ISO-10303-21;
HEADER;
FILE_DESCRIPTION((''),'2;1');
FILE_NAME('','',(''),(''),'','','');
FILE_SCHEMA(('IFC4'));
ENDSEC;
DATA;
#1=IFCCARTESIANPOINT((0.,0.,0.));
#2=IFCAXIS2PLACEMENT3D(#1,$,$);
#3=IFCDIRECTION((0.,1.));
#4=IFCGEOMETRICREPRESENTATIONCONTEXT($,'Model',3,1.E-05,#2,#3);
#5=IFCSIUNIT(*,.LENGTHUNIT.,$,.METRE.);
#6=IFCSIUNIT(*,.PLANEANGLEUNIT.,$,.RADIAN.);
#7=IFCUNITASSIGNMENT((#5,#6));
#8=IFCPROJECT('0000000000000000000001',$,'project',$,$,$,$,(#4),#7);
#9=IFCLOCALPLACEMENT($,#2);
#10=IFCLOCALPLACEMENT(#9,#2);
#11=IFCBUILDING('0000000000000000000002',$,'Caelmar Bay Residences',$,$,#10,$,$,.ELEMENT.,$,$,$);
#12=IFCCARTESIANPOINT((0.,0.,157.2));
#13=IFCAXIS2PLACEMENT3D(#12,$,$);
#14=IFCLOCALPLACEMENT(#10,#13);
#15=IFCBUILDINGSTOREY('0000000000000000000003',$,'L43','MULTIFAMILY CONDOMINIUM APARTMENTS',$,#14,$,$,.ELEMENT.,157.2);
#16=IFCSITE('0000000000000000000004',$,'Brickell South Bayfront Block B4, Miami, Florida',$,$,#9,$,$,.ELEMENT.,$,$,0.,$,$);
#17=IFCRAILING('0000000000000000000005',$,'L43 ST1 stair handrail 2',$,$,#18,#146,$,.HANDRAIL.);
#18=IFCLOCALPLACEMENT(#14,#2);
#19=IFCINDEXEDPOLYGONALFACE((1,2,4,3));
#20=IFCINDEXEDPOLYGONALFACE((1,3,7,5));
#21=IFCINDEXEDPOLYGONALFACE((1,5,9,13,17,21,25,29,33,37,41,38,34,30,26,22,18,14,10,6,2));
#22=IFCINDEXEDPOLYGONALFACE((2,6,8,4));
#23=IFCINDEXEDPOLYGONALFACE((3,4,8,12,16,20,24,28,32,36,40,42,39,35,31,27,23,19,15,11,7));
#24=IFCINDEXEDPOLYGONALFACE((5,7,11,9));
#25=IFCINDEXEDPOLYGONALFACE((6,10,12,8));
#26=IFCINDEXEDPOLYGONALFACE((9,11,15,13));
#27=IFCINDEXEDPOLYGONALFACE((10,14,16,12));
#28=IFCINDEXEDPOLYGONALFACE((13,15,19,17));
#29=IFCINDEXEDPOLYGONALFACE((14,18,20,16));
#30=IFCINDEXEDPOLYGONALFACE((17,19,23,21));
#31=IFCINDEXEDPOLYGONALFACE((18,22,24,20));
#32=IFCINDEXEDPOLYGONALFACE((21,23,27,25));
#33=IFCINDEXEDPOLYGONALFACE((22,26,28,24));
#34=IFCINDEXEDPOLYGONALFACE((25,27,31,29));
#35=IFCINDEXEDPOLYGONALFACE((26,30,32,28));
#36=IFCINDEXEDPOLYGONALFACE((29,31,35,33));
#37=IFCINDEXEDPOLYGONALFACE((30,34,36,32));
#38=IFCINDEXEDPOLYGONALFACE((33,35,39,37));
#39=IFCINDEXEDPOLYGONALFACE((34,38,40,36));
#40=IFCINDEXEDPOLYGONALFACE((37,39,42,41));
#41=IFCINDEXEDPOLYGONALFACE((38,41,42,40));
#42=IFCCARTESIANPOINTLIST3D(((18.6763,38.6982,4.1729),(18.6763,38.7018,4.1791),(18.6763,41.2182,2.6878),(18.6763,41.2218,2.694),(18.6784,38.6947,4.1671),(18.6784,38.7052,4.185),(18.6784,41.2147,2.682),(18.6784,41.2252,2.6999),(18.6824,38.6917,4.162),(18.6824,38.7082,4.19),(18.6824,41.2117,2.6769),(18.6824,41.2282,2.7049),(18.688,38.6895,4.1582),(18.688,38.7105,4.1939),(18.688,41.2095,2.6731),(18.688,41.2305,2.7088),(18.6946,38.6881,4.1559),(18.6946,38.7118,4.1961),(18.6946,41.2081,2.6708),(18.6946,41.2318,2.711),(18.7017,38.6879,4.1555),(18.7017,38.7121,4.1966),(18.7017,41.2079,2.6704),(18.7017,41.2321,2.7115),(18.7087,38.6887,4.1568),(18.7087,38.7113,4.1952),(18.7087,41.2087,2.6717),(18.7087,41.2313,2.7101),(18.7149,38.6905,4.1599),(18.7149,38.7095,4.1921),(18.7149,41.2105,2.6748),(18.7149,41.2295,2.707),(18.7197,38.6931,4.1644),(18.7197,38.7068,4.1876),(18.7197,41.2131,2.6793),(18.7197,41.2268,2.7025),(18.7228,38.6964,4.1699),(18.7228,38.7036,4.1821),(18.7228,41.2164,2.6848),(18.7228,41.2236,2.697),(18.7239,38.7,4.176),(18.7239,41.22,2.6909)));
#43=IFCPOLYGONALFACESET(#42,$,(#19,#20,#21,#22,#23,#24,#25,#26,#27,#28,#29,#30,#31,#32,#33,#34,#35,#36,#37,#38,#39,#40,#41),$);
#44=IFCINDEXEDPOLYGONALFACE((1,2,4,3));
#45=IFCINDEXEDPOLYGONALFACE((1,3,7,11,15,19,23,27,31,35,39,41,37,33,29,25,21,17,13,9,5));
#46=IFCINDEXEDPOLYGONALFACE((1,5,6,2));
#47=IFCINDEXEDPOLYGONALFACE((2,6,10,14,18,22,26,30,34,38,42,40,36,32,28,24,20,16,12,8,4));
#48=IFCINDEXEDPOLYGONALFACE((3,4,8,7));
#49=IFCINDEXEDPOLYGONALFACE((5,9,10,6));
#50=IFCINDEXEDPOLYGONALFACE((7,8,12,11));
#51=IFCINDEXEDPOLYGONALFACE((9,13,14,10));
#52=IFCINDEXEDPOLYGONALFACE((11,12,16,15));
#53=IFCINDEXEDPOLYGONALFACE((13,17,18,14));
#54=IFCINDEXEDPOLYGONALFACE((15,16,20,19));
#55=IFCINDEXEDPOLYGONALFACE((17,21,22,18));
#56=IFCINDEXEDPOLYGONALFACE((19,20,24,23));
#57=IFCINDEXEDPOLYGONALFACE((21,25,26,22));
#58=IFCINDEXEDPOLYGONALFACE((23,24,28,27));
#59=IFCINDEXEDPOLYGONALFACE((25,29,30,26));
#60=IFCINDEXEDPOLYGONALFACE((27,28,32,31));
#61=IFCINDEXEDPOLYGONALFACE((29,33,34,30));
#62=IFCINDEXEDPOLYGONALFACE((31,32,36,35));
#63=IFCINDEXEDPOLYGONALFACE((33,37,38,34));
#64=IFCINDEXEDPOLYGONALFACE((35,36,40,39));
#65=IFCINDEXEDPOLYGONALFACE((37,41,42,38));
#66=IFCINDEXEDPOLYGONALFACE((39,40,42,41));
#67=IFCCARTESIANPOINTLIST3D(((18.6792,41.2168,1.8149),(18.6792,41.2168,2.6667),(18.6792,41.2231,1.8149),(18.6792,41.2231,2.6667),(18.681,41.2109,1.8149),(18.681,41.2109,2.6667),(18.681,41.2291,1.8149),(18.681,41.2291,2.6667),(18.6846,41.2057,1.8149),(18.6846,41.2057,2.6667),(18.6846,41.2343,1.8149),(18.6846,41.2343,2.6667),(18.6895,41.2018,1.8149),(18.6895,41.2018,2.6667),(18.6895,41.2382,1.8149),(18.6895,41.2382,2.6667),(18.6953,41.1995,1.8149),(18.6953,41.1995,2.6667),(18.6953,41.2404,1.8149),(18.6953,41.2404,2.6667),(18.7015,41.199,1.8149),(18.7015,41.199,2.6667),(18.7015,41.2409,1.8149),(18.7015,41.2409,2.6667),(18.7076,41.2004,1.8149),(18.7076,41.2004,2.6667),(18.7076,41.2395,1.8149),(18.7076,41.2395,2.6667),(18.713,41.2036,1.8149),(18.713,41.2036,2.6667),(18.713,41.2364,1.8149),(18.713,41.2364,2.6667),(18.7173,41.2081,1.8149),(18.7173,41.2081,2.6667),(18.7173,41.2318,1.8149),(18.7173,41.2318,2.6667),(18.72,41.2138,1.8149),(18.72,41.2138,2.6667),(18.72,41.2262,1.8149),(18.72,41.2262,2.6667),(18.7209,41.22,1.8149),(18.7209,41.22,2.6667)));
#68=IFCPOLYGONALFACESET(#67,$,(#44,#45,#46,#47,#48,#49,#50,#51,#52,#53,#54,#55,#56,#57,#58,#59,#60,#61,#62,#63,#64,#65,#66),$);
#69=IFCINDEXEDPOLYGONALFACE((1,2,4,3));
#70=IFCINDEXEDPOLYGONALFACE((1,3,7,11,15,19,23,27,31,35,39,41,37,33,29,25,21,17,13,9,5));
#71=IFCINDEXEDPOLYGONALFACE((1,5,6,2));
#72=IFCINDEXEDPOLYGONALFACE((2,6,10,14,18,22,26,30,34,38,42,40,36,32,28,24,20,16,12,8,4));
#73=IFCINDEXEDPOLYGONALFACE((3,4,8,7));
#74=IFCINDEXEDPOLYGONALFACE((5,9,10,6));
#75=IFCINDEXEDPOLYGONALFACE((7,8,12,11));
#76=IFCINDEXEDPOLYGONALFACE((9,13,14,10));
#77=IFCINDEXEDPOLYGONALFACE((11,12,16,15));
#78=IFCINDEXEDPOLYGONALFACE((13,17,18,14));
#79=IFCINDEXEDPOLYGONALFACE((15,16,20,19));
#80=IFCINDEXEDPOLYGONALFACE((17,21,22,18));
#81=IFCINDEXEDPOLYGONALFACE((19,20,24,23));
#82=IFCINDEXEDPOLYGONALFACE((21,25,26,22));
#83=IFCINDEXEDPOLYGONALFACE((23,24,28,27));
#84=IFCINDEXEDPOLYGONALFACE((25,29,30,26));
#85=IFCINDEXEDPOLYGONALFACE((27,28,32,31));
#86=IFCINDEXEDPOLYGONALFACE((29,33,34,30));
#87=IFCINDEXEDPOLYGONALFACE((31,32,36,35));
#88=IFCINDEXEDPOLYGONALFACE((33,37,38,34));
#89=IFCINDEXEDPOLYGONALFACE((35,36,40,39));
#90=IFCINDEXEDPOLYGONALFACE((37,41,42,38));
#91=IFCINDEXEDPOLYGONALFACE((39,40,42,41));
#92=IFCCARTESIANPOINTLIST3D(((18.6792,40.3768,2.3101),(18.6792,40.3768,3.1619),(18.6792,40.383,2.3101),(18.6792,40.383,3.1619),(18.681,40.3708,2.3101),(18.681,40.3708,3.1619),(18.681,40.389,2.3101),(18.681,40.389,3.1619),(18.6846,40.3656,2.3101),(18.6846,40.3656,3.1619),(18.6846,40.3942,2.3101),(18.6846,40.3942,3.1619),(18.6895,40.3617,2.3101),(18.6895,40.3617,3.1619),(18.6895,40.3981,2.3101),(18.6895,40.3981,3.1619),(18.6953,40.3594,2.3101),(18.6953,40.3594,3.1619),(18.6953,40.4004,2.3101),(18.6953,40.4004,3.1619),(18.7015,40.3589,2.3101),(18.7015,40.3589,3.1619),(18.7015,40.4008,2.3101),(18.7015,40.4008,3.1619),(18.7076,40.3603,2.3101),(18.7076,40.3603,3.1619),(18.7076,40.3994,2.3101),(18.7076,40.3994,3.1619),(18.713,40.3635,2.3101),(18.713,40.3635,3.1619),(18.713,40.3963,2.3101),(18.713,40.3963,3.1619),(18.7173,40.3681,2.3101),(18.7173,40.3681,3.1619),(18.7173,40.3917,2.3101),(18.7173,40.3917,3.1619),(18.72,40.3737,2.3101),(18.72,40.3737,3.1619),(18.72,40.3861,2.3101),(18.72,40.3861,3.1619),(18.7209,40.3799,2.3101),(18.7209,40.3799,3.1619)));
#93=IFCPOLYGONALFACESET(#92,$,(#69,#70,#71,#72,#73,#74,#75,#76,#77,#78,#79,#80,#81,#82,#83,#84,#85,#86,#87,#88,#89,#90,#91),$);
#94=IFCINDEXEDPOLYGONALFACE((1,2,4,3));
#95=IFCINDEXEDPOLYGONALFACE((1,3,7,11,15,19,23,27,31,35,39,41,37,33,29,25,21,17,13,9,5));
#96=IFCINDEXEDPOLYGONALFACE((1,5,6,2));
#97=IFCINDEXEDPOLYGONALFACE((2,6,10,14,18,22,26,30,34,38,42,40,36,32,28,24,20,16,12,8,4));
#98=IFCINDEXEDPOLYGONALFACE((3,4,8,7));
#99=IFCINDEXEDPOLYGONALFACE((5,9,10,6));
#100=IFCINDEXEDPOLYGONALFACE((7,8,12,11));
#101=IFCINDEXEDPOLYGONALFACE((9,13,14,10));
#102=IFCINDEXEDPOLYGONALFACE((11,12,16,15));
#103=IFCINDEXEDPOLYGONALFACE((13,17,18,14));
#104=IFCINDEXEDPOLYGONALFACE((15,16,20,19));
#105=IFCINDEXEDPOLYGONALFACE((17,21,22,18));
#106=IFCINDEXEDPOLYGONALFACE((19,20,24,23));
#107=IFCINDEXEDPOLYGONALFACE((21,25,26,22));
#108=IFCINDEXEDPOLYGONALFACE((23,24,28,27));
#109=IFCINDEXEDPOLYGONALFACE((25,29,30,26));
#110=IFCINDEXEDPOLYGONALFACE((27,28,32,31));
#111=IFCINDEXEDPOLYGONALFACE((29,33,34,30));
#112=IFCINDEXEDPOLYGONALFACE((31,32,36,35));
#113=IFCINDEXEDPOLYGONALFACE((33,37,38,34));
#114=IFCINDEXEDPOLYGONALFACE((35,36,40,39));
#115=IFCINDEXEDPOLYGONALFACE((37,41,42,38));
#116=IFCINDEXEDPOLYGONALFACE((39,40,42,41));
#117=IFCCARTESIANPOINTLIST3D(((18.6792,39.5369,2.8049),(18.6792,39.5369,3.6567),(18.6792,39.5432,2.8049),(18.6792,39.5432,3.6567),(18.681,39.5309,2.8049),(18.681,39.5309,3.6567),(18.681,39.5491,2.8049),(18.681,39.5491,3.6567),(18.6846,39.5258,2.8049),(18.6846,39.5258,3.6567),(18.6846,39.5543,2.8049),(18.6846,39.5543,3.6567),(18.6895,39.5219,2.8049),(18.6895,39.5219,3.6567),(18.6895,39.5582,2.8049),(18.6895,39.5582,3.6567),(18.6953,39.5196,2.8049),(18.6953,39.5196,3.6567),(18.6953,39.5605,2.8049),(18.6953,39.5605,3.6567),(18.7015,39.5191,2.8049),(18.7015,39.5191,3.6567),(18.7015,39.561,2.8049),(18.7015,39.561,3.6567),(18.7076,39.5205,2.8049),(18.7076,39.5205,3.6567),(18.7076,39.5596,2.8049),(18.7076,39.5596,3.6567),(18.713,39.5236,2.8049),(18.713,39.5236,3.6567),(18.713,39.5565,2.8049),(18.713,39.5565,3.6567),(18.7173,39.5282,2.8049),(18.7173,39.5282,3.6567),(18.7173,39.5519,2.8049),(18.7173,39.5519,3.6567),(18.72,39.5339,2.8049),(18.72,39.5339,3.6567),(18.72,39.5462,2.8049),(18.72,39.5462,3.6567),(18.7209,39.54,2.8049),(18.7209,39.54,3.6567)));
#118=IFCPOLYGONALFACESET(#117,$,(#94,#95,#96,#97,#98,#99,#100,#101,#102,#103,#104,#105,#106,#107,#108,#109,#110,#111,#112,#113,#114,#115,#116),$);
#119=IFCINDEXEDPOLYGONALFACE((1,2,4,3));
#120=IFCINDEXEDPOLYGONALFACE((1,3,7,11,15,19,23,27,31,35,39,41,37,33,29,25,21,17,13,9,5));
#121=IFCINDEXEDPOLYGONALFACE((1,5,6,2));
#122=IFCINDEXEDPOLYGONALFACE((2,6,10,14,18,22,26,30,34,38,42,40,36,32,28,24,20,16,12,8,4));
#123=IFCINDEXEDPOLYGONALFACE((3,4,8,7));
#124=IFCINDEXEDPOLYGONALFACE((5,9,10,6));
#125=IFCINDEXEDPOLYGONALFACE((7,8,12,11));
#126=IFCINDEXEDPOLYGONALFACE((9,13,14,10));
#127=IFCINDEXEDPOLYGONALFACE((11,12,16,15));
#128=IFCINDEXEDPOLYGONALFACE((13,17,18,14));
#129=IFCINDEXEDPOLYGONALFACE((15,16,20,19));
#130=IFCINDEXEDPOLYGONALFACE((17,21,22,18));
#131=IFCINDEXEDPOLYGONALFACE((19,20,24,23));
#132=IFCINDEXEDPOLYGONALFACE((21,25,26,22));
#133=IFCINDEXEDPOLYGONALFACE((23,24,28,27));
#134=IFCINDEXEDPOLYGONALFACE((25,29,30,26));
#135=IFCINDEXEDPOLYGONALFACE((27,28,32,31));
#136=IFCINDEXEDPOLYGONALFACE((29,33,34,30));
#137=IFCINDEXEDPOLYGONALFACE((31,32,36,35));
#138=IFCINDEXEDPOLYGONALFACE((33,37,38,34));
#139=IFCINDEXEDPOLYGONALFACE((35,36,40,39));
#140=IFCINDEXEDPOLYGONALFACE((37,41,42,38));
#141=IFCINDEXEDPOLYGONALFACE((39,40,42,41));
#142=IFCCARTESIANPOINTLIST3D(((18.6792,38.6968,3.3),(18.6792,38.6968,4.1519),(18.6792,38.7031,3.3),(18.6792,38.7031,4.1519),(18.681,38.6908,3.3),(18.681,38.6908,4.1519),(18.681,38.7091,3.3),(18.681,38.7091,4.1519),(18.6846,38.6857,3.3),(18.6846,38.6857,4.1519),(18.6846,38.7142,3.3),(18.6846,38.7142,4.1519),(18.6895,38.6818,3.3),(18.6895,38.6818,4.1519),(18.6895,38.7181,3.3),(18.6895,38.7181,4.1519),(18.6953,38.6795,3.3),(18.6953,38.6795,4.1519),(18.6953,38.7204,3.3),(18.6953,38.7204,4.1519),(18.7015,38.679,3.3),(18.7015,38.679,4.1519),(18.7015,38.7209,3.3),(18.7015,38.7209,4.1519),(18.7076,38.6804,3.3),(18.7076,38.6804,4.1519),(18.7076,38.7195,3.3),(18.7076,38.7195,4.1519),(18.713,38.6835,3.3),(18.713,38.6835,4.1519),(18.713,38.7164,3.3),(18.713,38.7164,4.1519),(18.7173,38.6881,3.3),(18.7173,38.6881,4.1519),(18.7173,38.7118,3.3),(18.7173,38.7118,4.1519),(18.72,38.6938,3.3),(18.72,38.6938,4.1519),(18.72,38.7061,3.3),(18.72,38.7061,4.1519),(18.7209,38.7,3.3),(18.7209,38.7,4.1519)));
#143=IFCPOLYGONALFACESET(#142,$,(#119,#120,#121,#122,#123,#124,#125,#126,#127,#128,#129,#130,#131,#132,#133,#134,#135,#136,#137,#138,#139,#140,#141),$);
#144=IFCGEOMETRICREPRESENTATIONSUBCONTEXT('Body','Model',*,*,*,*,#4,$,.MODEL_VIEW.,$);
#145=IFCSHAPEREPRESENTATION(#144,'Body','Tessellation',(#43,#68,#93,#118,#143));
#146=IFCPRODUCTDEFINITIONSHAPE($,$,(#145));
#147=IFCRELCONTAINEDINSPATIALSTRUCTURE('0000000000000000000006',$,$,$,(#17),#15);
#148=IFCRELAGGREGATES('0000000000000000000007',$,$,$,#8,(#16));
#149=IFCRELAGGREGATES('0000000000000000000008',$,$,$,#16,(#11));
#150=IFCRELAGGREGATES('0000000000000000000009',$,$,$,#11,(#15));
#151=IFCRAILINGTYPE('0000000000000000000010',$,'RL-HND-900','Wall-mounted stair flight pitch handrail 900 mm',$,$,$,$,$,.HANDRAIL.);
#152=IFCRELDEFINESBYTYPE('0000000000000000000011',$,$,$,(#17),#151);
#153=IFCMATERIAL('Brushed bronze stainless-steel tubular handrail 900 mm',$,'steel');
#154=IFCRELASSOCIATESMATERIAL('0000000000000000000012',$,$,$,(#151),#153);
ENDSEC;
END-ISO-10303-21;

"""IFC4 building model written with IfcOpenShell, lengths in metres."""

from ifc_helpers import new_model, si_unit, direction, frame, origin, origin_2d, place, context, subcontext, project, spatial, circle, extrude, material, type_object, element, save


model = new_model("IFC4")

# Units and contexts
model_context = context("Model", 3, precision=1e-05, world=origin(), true_north=direction((0.0, 1.0)))
body_context = subcontext(model_context, "Body", "Model", "MODEL_VIEW")
ifc_project = project(units=[si_unit("LENGTHUNIT", "METRE"), si_unit("PLANEANGLEUNIT", "RADIAN")], contexts=[model_context])

# Site, building, storey
site_placement = place(None, origin())
site = spatial("IfcSite", under=ifc_project, at=site_placement, Name="Brickell South Bayfront Block B4, Miami, Florida", CompositionType="ELEMENT", RefElevation=0.0)
building_placement = place(site_placement, origin())
building = spatial("IfcBuilding", under=site, at=building_placement, Name="Caelmar Bay Residences", CompositionType="ELEMENT")
storey_placement = place(building_placement, frame((0.0, 0.0, 157.2)))
storey = spatial("IfcBuildingStorey", under=building, at=storey_placement, Name="L43", Description="MULTIFAMILY CONDOMINIUM APARTMENTS", CompositionType="ELEMENT", Elevation=157.2)

# Railing
ifc_material_1 = material(Name="Brushed bronze stainless-steel tubular handrail 900 mm", Category="steel")
railing_type_1 = type_object("IfcRailingType", Name="RL-HND-900", Description="Wall-mounted stair flight pitch handrail 900 mm", PredefinedType="HANDRAIL", material=ifc_material_1)
railing_1_placement = place(storey_placement, frame((18.7, 41.22, 1.8149)))
element("IfcRailing", 1, at=railing_1_placement, inside=storey, type_object=railing_type_1, Name="L43 ST1 stair handrail 2", PredefinedType="HANDRAIL", context=body_context, shape_type="SweptSolid", body=[
    extrude(circle(Radius=0.0239, at=origin_2d()), frame((0.0, 0.0, 0.876), z_axis=(0.0, -0.861524, 0.507717), x_axis=(1.0, 0.0, 0.0)), (0.0, 0.0, 1.0), 2.925),
    extrude(circle(Radius=0.021, at=origin_2d()), origin(), (0.0, 0.0, 1.0), 0.8518),
    extrude(circle(Radius=0.021, at=origin_2d()), frame((0.0, -0.8401, 0.4951)), (0.0, 0.0, 1.0), 0.8518),
    extrude(circle(Radius=0.021, at=origin_2d()), frame((0.0, -1.6799, 0.99)), (0.0, 0.0, 1.0), 0.8518),
    extrude(circle(Radius=0.021, at=origin_2d()), frame((0.0, -2.52, 1.4851)), (0.0, 0.0, 1.0), 0.8518),
])

save(model, "model.ifc")
